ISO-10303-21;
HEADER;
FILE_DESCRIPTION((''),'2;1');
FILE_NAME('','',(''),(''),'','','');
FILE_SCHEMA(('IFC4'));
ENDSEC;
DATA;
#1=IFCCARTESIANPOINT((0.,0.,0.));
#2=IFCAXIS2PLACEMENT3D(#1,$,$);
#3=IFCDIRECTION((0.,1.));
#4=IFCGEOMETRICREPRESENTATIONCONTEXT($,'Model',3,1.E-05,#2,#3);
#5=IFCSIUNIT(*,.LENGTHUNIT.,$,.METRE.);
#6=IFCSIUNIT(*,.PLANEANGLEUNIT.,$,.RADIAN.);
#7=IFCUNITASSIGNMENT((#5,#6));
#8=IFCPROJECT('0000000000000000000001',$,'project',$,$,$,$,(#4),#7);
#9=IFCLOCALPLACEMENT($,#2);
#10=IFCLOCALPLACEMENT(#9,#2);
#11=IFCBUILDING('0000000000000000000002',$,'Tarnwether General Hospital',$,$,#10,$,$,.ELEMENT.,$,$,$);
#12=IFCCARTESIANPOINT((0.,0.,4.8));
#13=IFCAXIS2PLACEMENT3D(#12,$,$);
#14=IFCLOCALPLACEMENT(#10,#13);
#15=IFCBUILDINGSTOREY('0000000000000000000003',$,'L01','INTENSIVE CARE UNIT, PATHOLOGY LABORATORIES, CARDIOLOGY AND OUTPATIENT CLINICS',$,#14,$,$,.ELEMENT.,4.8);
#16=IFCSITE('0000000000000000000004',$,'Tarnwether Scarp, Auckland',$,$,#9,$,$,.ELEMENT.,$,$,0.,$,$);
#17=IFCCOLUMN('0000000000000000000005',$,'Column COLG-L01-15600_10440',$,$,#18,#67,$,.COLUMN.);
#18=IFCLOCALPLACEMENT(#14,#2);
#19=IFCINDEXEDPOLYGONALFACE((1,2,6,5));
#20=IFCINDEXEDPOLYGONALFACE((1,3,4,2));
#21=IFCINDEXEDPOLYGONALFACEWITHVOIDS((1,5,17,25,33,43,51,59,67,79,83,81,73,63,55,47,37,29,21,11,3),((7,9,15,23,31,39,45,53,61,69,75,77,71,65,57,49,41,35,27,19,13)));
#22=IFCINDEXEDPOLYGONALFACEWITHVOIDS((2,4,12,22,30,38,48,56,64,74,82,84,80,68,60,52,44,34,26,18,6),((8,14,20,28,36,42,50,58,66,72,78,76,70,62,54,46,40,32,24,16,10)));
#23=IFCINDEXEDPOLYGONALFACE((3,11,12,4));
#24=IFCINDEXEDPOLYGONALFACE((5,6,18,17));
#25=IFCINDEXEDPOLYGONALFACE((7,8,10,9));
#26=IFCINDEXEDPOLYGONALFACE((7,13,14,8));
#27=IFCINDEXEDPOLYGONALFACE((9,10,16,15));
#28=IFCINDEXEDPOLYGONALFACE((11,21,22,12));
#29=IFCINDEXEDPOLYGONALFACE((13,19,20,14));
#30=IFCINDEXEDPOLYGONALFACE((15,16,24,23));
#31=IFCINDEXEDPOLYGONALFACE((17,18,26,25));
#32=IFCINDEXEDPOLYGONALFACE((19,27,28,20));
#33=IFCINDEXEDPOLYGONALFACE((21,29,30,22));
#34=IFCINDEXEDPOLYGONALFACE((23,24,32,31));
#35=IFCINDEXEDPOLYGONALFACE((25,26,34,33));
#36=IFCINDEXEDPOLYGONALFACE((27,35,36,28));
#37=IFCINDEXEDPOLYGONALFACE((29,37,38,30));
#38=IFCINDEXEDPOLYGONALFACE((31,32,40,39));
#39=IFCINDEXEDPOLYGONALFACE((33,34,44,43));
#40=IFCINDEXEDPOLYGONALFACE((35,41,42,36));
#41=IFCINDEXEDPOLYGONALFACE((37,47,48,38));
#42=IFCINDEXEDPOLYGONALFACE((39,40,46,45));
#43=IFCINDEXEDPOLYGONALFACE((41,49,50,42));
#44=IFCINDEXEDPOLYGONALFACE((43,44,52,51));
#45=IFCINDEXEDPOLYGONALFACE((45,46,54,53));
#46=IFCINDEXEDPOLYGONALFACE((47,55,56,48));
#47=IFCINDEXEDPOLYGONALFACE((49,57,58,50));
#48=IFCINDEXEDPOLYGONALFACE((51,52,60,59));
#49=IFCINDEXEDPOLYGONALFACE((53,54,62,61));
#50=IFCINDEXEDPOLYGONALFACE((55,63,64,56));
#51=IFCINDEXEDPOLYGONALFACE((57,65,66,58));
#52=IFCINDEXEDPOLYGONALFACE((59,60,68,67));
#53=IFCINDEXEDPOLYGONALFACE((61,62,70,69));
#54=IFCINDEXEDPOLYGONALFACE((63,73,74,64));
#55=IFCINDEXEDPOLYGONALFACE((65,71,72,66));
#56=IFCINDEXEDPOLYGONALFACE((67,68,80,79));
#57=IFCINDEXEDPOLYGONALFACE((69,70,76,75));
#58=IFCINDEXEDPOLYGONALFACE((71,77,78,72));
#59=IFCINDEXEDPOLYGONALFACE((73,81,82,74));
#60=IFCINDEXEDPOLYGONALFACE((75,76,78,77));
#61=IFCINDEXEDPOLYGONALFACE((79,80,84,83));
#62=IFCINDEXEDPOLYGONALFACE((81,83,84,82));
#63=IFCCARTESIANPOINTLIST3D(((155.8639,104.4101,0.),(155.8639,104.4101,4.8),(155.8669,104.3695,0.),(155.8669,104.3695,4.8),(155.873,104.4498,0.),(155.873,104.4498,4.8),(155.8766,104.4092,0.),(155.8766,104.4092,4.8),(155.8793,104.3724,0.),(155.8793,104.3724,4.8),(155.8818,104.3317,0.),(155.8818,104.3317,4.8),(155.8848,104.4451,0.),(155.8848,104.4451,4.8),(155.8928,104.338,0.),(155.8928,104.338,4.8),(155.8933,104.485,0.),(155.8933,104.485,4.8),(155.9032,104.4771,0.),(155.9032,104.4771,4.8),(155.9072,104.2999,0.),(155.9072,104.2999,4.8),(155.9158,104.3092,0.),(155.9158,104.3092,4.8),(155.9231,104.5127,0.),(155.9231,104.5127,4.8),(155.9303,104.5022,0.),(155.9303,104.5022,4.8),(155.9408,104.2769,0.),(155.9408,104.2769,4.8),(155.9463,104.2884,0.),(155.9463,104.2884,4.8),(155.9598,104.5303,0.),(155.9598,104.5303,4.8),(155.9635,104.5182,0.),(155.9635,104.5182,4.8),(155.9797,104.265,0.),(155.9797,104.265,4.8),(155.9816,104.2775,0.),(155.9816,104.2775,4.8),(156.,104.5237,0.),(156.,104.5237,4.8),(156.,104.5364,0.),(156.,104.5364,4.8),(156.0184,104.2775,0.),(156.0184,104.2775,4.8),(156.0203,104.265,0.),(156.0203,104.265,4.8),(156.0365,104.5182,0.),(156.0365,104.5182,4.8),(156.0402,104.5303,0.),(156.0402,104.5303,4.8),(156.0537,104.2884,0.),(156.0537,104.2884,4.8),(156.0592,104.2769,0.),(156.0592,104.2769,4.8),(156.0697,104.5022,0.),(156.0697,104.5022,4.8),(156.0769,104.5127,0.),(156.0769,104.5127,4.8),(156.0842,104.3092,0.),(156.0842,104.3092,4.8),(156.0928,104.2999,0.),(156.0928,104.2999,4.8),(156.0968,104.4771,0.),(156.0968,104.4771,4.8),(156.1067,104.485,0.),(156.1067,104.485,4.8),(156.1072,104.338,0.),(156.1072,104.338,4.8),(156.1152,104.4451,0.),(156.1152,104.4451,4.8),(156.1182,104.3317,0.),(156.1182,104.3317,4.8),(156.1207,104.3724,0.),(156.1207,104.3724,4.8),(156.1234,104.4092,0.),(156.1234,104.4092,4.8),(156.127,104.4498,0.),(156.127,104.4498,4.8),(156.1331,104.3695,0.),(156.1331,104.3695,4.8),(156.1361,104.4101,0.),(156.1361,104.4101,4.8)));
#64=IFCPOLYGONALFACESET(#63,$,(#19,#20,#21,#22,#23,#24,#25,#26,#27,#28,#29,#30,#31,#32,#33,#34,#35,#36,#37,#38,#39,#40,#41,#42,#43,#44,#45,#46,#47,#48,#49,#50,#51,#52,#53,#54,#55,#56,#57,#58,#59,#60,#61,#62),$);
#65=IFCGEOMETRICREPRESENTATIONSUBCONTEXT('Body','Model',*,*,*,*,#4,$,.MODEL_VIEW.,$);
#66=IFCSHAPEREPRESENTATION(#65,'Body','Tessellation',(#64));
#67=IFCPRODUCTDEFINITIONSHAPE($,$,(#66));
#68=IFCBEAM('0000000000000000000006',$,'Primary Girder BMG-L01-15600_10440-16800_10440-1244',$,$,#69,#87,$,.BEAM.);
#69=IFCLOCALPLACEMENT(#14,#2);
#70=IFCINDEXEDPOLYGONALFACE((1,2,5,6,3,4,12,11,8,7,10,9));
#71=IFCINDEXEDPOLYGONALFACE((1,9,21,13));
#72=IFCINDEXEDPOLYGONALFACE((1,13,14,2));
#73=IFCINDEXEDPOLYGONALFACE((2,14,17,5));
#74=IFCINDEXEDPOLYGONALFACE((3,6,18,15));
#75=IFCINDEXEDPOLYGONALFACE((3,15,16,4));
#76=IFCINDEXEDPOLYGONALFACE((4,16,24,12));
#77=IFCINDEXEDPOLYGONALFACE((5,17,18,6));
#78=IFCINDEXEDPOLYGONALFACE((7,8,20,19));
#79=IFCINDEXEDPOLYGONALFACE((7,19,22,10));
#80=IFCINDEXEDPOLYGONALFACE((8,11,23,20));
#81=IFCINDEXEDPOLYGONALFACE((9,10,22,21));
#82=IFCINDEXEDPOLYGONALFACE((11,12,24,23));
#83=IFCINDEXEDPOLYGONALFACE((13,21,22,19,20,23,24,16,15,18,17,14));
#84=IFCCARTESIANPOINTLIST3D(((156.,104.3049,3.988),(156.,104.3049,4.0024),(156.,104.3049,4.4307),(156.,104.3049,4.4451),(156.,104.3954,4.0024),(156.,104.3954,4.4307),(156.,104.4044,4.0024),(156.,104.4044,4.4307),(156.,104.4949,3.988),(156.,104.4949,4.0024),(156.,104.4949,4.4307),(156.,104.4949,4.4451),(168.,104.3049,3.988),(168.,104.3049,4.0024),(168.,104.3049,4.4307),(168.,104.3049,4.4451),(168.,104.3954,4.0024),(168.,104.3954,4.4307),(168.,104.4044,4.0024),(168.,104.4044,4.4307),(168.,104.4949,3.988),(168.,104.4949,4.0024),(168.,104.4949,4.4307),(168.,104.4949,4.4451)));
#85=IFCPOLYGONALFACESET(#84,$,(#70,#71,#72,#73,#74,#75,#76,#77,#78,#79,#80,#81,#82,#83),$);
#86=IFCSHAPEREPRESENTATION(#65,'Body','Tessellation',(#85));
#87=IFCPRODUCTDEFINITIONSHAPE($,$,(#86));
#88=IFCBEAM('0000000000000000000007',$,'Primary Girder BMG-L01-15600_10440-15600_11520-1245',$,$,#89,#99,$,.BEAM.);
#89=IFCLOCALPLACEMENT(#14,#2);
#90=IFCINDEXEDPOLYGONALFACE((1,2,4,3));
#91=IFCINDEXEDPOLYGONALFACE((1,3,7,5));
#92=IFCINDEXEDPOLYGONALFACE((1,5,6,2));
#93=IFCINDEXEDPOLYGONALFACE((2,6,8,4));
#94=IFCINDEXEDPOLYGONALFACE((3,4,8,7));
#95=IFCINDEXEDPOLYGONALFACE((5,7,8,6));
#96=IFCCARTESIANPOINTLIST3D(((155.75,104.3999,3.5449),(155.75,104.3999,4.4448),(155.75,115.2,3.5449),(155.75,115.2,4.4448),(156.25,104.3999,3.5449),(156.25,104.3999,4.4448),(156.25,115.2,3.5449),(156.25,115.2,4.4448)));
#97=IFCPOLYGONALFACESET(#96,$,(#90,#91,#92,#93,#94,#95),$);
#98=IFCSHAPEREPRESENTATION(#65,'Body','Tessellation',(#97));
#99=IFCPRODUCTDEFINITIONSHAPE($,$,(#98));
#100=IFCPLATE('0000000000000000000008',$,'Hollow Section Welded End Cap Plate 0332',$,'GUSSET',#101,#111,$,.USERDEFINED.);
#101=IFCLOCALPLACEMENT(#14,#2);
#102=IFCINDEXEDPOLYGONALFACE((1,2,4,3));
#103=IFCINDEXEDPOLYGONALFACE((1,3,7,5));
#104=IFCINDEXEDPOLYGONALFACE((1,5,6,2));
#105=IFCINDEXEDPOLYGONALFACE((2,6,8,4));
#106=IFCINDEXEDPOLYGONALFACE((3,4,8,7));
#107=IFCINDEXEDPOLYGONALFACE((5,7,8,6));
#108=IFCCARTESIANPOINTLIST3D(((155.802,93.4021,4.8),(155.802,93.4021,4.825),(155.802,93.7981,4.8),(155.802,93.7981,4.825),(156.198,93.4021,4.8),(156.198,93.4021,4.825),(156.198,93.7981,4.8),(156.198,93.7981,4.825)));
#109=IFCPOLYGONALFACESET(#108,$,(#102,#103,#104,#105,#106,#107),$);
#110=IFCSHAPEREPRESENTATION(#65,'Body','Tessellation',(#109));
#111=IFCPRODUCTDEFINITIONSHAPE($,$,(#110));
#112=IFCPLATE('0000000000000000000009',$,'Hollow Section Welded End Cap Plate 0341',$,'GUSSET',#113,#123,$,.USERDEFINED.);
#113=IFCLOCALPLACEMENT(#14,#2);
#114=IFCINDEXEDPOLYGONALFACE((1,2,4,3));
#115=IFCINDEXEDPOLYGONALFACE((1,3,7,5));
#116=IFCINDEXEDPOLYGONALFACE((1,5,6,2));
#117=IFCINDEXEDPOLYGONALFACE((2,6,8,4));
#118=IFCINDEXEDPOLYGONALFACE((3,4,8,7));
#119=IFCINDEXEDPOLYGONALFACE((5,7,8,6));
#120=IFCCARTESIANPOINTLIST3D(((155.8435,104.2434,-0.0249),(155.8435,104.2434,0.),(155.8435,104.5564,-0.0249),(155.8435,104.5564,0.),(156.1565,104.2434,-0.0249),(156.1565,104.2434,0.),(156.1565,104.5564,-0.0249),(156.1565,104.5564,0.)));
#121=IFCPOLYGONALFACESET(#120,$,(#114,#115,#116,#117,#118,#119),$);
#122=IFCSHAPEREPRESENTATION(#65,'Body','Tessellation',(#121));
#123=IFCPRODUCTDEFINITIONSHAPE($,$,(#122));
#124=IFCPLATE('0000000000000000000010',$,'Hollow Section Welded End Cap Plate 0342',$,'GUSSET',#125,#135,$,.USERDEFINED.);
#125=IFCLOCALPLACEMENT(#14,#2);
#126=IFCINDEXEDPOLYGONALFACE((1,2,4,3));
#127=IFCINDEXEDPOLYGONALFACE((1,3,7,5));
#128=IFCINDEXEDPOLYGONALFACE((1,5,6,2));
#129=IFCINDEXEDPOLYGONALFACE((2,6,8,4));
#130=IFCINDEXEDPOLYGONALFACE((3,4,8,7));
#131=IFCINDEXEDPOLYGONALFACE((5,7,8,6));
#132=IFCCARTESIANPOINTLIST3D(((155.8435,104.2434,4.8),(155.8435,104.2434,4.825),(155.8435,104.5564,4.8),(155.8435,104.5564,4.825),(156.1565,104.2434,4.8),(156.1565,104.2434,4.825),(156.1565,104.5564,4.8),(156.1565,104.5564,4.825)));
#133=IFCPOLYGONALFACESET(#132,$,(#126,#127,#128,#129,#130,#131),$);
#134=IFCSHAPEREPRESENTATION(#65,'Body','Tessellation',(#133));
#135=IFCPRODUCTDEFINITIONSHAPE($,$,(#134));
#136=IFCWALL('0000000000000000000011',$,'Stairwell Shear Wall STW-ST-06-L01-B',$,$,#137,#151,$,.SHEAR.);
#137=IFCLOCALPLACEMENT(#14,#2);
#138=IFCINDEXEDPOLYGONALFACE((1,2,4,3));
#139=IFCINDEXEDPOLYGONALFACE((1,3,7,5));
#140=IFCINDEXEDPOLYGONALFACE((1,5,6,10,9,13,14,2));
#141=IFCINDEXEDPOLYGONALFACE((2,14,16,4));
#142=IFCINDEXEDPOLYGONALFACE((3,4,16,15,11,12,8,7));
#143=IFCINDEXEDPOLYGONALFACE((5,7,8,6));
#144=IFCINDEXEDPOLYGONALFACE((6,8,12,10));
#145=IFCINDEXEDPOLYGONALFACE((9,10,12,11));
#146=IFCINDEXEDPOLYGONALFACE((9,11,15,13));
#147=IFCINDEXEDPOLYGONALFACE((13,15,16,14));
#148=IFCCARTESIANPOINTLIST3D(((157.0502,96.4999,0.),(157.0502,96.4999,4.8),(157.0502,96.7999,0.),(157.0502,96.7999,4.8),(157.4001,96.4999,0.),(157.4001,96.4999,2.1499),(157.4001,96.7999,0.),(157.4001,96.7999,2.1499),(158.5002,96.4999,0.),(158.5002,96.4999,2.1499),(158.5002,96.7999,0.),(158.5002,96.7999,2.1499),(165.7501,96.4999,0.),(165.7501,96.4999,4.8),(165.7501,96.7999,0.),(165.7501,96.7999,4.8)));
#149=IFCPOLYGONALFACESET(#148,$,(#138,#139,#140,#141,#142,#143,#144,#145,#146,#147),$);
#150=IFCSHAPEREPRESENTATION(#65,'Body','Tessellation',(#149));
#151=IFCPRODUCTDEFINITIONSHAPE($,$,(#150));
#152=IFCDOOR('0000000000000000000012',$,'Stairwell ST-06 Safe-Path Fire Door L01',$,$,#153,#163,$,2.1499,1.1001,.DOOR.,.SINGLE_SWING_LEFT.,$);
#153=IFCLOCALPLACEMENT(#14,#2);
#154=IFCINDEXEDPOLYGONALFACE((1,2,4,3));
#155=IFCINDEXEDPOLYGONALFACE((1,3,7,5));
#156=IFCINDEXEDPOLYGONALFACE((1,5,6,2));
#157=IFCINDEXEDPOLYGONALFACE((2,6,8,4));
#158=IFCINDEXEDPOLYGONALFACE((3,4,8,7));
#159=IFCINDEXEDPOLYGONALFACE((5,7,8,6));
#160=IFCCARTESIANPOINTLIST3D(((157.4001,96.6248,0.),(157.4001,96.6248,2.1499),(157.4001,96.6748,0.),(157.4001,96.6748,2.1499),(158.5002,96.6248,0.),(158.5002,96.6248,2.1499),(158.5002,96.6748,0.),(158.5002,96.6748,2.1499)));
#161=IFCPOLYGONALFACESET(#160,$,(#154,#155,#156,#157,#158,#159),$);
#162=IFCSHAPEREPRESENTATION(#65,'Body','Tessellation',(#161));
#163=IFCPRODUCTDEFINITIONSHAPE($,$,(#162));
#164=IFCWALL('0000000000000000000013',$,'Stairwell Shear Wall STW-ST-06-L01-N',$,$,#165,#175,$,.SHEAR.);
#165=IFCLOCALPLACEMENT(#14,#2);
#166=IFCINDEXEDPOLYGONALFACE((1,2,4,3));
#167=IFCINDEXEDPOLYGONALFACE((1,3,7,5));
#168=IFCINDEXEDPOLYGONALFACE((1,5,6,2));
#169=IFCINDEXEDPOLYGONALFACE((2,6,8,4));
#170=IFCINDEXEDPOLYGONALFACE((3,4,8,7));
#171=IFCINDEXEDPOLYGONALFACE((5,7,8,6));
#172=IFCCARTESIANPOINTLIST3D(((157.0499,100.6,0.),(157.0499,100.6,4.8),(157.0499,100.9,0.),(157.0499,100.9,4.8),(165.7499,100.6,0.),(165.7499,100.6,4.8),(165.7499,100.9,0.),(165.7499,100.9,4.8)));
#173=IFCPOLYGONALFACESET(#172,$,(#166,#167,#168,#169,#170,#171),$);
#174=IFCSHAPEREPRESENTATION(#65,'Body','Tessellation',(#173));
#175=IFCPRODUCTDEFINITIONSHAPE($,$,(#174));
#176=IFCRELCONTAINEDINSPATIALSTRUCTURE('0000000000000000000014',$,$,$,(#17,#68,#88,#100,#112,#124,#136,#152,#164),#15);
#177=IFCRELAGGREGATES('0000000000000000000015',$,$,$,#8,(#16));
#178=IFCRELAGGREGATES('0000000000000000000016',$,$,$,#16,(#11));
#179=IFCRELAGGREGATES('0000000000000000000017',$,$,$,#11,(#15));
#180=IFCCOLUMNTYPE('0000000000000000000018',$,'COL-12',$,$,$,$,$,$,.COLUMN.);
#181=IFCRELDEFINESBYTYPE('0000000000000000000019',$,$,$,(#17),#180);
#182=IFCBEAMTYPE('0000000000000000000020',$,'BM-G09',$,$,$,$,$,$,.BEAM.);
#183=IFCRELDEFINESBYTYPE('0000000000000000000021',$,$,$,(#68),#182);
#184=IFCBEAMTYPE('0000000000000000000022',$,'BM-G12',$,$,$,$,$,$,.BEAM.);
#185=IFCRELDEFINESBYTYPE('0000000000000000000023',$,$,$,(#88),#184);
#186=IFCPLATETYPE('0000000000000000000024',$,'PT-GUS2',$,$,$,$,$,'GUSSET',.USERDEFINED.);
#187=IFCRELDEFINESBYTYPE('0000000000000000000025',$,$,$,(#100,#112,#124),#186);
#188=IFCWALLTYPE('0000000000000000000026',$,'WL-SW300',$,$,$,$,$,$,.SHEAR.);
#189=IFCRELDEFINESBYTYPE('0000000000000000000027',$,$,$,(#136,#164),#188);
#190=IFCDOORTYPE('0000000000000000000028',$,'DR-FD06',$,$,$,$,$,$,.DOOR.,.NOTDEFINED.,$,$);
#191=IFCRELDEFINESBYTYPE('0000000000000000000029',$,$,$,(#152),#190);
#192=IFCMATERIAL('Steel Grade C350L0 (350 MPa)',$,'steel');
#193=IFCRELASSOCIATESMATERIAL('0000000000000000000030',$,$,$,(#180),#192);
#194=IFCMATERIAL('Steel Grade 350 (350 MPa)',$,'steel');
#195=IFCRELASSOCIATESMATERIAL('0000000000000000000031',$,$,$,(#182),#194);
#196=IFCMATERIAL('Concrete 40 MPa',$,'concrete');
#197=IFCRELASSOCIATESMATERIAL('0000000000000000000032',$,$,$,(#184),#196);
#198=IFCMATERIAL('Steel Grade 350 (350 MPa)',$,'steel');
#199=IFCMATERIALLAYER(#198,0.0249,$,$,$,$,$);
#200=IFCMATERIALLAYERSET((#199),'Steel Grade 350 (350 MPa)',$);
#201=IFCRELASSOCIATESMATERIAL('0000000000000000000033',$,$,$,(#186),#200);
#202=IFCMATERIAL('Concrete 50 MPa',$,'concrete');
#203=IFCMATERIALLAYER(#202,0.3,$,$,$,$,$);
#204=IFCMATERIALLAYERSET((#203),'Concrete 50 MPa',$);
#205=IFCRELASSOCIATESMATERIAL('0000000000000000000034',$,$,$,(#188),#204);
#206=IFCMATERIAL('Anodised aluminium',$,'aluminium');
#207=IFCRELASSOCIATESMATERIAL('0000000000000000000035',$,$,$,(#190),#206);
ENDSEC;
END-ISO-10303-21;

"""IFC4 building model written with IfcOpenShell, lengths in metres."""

from ifc_helpers import new_model, si_unit, direction, frame, frame_2d, origin, origin_2d, place, context, subcontext, project, spatial, rectangle, hollow_circle, i_section, extrude, material, layer, layer_set, material_profile, profile_set, type_object, element, fill, save


model = new_model("IFC4")

# Units and contexts
model_context = context("Model", 3, precision=1e-05, world=origin(), true_north=direction((0.0, 1.0)))
body_context = subcontext(model_context, "Body", "Model", "MODEL_VIEW")
ifc_project = project(units=[si_unit("LENGTHUNIT", "METRE"), si_unit("PLANEANGLEUNIT", "RADIAN")], contexts=[model_context])

# Site, building, storey
site_placement = place(None, origin())
site = spatial("IfcSite", under=ifc_project, at=site_placement, Name="Tarnwether Scarp, Auckland", CompositionType="ELEMENT", RefElevation=0.0)
building_placement = place(site_placement, origin())
building = spatial("IfcBuilding", under=site, at=building_placement, Name="Tarnwether General Hospital", CompositionType="ELEMENT")
storey_placement = place(building_placement, frame((0.0, 0.0, 4.8)))
storey = spatial("IfcBuildingStorey", under=building, at=storey_placement, Name="L01", Description="INTENSIVE CARE UNIT, PATHOLOGY LABORATORIES, CARDIOLOGY AND OUTPATIENT CLINICS", CompositionType="ELEMENT", Elevation=4.8)

# Column
ifc_material_1 = material(Name="Steel Grade C350L0 (350 MPa)", Category="steel")
ifc_material_profile_1 = material_profile(ifc_material_1, hollow_circle(Radius=0.1365, WallThickness=0.0127, at=origin_2d()), Name="CHS273.1x12.7")
ifc_profile_set_1 = profile_set([ifc_material_profile_1], Name="Steel Grade C350L0 (350 MPa)")
column_type = type_object("IfcColumnType", Name="COL-12", PredefinedType="COLUMN", material=ifc_profile_set_1)
column_placement = place(storey_placement, frame((156.0, 104.3999, 0.0), z_axis=(0.0, 0.0, 1.0), x_axis=(0.0, 1.0, 0.0)))
element("IfcColumn", 1, at=column_placement, inside=storey, type_object=column_type, Name="Column COLG-L01-15600_10440", PredefinedType="COLUMN", context=body_context, shape_type="SweptSolid", body=[
    extrude(hollow_circle(Radius=0.1365, WallThickness=0.0127, at=origin_2d()), origin(), (0.0, 0.0, 1.0), 4.8),
])

# Beams
ifc_material_2 = material(Name="Steel Grade 350 (350 MPa)", Category="steel")
ifc_material_profile_2 = material_profile(ifc_material_2, i_section(OverallWidth=0.1899, OverallDepth=0.457, WebThickness=0.009, FlangeThickness=0.0144, at=origin_2d()), Name="460UB74.6")
ifc_profile_set_2 = profile_set([ifc_material_profile_2], Name="Steel Grade 350 (350 MPa)")
beam_type_1 = type_object("IfcBeamType", Name="BM-G09", PredefinedType="BEAM", material=ifc_profile_set_2)
beam_1_placement = place(storey_placement, frame((156.0, 104.3999, 4.2166), z_axis=(1.0, 0.0, 0.0), x_axis=(0.0, 1.0, 0.0)))
element("IfcBeam", 2, at=beam_1_placement, inside=storey, type_object=beam_type_1, Name="Primary Girder BMG-L01-15600_10440-16800_10440-1244", PredefinedType="BEAM", context=body_context, shape_type="SweptSolid", body=[
    extrude(i_section(OverallWidth=0.1899, OverallDepth=0.457, WebThickness=0.009, FlangeThickness=0.0144, at=origin_2d()), origin(), (0.0, 0.0, 1.0), 12.0),
])
ifc_material_3 = material(Name="Concrete 40 MPa", Category="concrete")
ifc_material_profile_3 = material_profile(ifc_material_3, rectangle(XDim=0.5, YDim=0.8999, at=origin_2d()), Name="RC-BM-500x900")
ifc_profile_set_3 = profile_set([ifc_material_profile_3], Name="Concrete 40 MPa")
beam_type_2 = type_object("IfcBeamType", Name="BM-G12", PredefinedType="BEAM", material=ifc_profile_set_3)
beam_2_placement = place(storey_placement, frame((156.0, 104.3999, 3.9949), z_axis=(0.0, 1.0, 0.0), x_axis=(-1.0, 0.0, 0.0)))
element("IfcBeam", 3, at=beam_2_placement, inside=storey, type_object=beam_type_2, Name="Primary Girder BMG-L01-15600_10440-15600_11520-1245", PredefinedType="BEAM", context=body_context, shape_type="SweptSolid", body=[
    extrude(rectangle(XDim=0.5, YDim=0.8999, at=origin_2d()), origin(), (0.0, 0.0, 1.0), 10.8),
])

# Plates
ifc_material_4 = material(Name="Steel Grade 350 (350 MPa)", Category="steel")
ifc_layer_1 = layer(ifc_material_4, 0.0249)
ifc_layer_set_1 = layer_set([ifc_layer_1], Name="Steel Grade 350 (350 MPa)")
plate_type = type_object("IfcPlateType", Name="PT-GUS2", ElementType="GUSSET", PredefinedType="USERDEFINED", material=ifc_layer_set_1)
plate_placement = place(storey_placement, frame((156.0, 93.6001, 4.8), z_axis=(0.0, 0.0, 1.0), x_axis=(1.0, 0.0, 0.0)))
element("IfcPlate", 4, at=plate_placement, inside=storey, type_object=plate_type, Name="Hollow Section Welded End Cap Plate 0332", ObjectType="GUSSET", PredefinedType="USERDEFINED", context=body_context, shape_type="SweptSolid", body=[
    extrude(rectangle(XDim=0.396, YDim=0.396, at=origin_2d()), origin(), (0.0, 0.0, 1.0), 0.0249),
])
for number, where, z_axis, x_axis, name in (
    (5, (156.0, 104.3999, -0.0249), (0.0, 0.0, 1.0), (1.0, 0.0, 0.0), "Hollow Section Welded End Cap Plate 0341"),
    (6, (156.0, 104.3999, 4.8), (0.0, 0.0, 1.0), (1.0, 0.0, 0.0), "Hollow Section Welded End Cap Plate 0342"),
):
    element("IfcPlate", number, at=place(storey_placement, frame(where, z_axis=z_axis, x_axis=x_axis)), inside=storey, type_object=plate_type, Name=name, ObjectType="GUSSET", PredefinedType="USERDEFINED", context=body_context, shape_type="SweptSolid", body=[
        extrude(rectangle(XDim=0.313, YDim=0.313, at=origin_2d()), origin(), (0.0, 0.0, 1.0), 0.0249),
    ])

# Wall, opening, door
ifc_material_5 = material(Name="Concrete 50 MPa", Category="concrete")
ifc_layer_2 = layer(ifc_material_5, 0.3)
ifc_layer_set_2 = layer_set([ifc_layer_2], Name="Concrete 50 MPa")
wall_type_1 = type_object("IfcWallType", Name="WL-SW300", PredefinedType="SHEAR", material=ifc_layer_set_2)
wall_1_placement = place(storey_placement, frame((157.05, 96.6499, 0.0), z_axis=(0.0, 0.0, 1.0), x_axis=(1.0, 0.0, 0.0)))
wall_1 = element("IfcWall", 7, at=wall_1_placement, inside=storey, type_object=wall_type_1, Name="Stairwell Shear Wall STW-ST-06-L01-B", PredefinedType="SHEAR", context=body_context, shape_type="SweptSolid", body=[
    extrude(rectangle(XDim=8.7, YDim=0.3, at=frame_2d((4.3501, 0.0))), origin(), (0.0, 0.0, 1.0), 4.8),
])
opening_placement = place(wall_1_placement, frame((0.3501, 0.0, 0.0)))
opening = element("IfcOpeningElement", 8, at=opening_placement, cuts=wall_1, PredefinedType="OPENING", context=body_context, shape_type="SweptSolid", body=[
    extrude(rectangle(XDim=1.1001, YDim=2.1499, at=frame_2d((0.55, 1.075))), frame((0.0, 0.1602, 0.0), z_axis=(0.0, -1.0, 0.0), x_axis=(1.0, 0.0, 0.0)), (0.0, 0.0, 1.0), 0.3201),
])
ifc_material_6 = material(Name="Anodised aluminium", Category="aluminium")
door_type = type_object("IfcDoorType", Name="DR-FD06", OperationType="NOTDEFINED", PredefinedType="DOOR", material=ifc_material_6)
door_placement = place(opening_placement, origin())
door = element("IfcDoor", 9, at=door_placement, inside=storey, type_object=door_type, Name="Stairwell ST-06 Safe-Path Fire Door L01", OperationType="SINGLE_SWING_LEFT", OverallHeight=2.1499, OverallWidth=1.1001, PredefinedType="DOOR", context=body_context, shape_type="SweptSolid", body=[
    extrude(rectangle(XDim=1.1001, YDim=2.1499, at=frame_2d((0.55, 1.075))), frame((0.0, 0.0249, 0.0), z_axis=(0.0, -1.0, 0.0), x_axis=(1.0, 0.0, 0.0)), (0.0, 0.0, 1.0), 0.05),
])
fill(opening, door)

# Wall
wall_2_placement = place(storey_placement, frame((165.75, 100.75, 0.0), z_axis=(0.0, 0.0, 1.0), x_axis=(-1.0, 0.0, 0.0)))
element("IfcWall", 10, at=wall_2_placement, inside=storey, type_object=wall_type_1, Name="Stairwell Shear Wall STW-ST-06-L01-N", PredefinedType="SHEAR", context=body_context, shape_type="SweptSolid", body=[
    extrude(rectangle(XDim=8.7, YDim=0.3, at=frame_2d((4.3501, 0.0))), origin(), (0.0, 0.0, 1.0), 4.8),
])

save(model, "model.ifc")
